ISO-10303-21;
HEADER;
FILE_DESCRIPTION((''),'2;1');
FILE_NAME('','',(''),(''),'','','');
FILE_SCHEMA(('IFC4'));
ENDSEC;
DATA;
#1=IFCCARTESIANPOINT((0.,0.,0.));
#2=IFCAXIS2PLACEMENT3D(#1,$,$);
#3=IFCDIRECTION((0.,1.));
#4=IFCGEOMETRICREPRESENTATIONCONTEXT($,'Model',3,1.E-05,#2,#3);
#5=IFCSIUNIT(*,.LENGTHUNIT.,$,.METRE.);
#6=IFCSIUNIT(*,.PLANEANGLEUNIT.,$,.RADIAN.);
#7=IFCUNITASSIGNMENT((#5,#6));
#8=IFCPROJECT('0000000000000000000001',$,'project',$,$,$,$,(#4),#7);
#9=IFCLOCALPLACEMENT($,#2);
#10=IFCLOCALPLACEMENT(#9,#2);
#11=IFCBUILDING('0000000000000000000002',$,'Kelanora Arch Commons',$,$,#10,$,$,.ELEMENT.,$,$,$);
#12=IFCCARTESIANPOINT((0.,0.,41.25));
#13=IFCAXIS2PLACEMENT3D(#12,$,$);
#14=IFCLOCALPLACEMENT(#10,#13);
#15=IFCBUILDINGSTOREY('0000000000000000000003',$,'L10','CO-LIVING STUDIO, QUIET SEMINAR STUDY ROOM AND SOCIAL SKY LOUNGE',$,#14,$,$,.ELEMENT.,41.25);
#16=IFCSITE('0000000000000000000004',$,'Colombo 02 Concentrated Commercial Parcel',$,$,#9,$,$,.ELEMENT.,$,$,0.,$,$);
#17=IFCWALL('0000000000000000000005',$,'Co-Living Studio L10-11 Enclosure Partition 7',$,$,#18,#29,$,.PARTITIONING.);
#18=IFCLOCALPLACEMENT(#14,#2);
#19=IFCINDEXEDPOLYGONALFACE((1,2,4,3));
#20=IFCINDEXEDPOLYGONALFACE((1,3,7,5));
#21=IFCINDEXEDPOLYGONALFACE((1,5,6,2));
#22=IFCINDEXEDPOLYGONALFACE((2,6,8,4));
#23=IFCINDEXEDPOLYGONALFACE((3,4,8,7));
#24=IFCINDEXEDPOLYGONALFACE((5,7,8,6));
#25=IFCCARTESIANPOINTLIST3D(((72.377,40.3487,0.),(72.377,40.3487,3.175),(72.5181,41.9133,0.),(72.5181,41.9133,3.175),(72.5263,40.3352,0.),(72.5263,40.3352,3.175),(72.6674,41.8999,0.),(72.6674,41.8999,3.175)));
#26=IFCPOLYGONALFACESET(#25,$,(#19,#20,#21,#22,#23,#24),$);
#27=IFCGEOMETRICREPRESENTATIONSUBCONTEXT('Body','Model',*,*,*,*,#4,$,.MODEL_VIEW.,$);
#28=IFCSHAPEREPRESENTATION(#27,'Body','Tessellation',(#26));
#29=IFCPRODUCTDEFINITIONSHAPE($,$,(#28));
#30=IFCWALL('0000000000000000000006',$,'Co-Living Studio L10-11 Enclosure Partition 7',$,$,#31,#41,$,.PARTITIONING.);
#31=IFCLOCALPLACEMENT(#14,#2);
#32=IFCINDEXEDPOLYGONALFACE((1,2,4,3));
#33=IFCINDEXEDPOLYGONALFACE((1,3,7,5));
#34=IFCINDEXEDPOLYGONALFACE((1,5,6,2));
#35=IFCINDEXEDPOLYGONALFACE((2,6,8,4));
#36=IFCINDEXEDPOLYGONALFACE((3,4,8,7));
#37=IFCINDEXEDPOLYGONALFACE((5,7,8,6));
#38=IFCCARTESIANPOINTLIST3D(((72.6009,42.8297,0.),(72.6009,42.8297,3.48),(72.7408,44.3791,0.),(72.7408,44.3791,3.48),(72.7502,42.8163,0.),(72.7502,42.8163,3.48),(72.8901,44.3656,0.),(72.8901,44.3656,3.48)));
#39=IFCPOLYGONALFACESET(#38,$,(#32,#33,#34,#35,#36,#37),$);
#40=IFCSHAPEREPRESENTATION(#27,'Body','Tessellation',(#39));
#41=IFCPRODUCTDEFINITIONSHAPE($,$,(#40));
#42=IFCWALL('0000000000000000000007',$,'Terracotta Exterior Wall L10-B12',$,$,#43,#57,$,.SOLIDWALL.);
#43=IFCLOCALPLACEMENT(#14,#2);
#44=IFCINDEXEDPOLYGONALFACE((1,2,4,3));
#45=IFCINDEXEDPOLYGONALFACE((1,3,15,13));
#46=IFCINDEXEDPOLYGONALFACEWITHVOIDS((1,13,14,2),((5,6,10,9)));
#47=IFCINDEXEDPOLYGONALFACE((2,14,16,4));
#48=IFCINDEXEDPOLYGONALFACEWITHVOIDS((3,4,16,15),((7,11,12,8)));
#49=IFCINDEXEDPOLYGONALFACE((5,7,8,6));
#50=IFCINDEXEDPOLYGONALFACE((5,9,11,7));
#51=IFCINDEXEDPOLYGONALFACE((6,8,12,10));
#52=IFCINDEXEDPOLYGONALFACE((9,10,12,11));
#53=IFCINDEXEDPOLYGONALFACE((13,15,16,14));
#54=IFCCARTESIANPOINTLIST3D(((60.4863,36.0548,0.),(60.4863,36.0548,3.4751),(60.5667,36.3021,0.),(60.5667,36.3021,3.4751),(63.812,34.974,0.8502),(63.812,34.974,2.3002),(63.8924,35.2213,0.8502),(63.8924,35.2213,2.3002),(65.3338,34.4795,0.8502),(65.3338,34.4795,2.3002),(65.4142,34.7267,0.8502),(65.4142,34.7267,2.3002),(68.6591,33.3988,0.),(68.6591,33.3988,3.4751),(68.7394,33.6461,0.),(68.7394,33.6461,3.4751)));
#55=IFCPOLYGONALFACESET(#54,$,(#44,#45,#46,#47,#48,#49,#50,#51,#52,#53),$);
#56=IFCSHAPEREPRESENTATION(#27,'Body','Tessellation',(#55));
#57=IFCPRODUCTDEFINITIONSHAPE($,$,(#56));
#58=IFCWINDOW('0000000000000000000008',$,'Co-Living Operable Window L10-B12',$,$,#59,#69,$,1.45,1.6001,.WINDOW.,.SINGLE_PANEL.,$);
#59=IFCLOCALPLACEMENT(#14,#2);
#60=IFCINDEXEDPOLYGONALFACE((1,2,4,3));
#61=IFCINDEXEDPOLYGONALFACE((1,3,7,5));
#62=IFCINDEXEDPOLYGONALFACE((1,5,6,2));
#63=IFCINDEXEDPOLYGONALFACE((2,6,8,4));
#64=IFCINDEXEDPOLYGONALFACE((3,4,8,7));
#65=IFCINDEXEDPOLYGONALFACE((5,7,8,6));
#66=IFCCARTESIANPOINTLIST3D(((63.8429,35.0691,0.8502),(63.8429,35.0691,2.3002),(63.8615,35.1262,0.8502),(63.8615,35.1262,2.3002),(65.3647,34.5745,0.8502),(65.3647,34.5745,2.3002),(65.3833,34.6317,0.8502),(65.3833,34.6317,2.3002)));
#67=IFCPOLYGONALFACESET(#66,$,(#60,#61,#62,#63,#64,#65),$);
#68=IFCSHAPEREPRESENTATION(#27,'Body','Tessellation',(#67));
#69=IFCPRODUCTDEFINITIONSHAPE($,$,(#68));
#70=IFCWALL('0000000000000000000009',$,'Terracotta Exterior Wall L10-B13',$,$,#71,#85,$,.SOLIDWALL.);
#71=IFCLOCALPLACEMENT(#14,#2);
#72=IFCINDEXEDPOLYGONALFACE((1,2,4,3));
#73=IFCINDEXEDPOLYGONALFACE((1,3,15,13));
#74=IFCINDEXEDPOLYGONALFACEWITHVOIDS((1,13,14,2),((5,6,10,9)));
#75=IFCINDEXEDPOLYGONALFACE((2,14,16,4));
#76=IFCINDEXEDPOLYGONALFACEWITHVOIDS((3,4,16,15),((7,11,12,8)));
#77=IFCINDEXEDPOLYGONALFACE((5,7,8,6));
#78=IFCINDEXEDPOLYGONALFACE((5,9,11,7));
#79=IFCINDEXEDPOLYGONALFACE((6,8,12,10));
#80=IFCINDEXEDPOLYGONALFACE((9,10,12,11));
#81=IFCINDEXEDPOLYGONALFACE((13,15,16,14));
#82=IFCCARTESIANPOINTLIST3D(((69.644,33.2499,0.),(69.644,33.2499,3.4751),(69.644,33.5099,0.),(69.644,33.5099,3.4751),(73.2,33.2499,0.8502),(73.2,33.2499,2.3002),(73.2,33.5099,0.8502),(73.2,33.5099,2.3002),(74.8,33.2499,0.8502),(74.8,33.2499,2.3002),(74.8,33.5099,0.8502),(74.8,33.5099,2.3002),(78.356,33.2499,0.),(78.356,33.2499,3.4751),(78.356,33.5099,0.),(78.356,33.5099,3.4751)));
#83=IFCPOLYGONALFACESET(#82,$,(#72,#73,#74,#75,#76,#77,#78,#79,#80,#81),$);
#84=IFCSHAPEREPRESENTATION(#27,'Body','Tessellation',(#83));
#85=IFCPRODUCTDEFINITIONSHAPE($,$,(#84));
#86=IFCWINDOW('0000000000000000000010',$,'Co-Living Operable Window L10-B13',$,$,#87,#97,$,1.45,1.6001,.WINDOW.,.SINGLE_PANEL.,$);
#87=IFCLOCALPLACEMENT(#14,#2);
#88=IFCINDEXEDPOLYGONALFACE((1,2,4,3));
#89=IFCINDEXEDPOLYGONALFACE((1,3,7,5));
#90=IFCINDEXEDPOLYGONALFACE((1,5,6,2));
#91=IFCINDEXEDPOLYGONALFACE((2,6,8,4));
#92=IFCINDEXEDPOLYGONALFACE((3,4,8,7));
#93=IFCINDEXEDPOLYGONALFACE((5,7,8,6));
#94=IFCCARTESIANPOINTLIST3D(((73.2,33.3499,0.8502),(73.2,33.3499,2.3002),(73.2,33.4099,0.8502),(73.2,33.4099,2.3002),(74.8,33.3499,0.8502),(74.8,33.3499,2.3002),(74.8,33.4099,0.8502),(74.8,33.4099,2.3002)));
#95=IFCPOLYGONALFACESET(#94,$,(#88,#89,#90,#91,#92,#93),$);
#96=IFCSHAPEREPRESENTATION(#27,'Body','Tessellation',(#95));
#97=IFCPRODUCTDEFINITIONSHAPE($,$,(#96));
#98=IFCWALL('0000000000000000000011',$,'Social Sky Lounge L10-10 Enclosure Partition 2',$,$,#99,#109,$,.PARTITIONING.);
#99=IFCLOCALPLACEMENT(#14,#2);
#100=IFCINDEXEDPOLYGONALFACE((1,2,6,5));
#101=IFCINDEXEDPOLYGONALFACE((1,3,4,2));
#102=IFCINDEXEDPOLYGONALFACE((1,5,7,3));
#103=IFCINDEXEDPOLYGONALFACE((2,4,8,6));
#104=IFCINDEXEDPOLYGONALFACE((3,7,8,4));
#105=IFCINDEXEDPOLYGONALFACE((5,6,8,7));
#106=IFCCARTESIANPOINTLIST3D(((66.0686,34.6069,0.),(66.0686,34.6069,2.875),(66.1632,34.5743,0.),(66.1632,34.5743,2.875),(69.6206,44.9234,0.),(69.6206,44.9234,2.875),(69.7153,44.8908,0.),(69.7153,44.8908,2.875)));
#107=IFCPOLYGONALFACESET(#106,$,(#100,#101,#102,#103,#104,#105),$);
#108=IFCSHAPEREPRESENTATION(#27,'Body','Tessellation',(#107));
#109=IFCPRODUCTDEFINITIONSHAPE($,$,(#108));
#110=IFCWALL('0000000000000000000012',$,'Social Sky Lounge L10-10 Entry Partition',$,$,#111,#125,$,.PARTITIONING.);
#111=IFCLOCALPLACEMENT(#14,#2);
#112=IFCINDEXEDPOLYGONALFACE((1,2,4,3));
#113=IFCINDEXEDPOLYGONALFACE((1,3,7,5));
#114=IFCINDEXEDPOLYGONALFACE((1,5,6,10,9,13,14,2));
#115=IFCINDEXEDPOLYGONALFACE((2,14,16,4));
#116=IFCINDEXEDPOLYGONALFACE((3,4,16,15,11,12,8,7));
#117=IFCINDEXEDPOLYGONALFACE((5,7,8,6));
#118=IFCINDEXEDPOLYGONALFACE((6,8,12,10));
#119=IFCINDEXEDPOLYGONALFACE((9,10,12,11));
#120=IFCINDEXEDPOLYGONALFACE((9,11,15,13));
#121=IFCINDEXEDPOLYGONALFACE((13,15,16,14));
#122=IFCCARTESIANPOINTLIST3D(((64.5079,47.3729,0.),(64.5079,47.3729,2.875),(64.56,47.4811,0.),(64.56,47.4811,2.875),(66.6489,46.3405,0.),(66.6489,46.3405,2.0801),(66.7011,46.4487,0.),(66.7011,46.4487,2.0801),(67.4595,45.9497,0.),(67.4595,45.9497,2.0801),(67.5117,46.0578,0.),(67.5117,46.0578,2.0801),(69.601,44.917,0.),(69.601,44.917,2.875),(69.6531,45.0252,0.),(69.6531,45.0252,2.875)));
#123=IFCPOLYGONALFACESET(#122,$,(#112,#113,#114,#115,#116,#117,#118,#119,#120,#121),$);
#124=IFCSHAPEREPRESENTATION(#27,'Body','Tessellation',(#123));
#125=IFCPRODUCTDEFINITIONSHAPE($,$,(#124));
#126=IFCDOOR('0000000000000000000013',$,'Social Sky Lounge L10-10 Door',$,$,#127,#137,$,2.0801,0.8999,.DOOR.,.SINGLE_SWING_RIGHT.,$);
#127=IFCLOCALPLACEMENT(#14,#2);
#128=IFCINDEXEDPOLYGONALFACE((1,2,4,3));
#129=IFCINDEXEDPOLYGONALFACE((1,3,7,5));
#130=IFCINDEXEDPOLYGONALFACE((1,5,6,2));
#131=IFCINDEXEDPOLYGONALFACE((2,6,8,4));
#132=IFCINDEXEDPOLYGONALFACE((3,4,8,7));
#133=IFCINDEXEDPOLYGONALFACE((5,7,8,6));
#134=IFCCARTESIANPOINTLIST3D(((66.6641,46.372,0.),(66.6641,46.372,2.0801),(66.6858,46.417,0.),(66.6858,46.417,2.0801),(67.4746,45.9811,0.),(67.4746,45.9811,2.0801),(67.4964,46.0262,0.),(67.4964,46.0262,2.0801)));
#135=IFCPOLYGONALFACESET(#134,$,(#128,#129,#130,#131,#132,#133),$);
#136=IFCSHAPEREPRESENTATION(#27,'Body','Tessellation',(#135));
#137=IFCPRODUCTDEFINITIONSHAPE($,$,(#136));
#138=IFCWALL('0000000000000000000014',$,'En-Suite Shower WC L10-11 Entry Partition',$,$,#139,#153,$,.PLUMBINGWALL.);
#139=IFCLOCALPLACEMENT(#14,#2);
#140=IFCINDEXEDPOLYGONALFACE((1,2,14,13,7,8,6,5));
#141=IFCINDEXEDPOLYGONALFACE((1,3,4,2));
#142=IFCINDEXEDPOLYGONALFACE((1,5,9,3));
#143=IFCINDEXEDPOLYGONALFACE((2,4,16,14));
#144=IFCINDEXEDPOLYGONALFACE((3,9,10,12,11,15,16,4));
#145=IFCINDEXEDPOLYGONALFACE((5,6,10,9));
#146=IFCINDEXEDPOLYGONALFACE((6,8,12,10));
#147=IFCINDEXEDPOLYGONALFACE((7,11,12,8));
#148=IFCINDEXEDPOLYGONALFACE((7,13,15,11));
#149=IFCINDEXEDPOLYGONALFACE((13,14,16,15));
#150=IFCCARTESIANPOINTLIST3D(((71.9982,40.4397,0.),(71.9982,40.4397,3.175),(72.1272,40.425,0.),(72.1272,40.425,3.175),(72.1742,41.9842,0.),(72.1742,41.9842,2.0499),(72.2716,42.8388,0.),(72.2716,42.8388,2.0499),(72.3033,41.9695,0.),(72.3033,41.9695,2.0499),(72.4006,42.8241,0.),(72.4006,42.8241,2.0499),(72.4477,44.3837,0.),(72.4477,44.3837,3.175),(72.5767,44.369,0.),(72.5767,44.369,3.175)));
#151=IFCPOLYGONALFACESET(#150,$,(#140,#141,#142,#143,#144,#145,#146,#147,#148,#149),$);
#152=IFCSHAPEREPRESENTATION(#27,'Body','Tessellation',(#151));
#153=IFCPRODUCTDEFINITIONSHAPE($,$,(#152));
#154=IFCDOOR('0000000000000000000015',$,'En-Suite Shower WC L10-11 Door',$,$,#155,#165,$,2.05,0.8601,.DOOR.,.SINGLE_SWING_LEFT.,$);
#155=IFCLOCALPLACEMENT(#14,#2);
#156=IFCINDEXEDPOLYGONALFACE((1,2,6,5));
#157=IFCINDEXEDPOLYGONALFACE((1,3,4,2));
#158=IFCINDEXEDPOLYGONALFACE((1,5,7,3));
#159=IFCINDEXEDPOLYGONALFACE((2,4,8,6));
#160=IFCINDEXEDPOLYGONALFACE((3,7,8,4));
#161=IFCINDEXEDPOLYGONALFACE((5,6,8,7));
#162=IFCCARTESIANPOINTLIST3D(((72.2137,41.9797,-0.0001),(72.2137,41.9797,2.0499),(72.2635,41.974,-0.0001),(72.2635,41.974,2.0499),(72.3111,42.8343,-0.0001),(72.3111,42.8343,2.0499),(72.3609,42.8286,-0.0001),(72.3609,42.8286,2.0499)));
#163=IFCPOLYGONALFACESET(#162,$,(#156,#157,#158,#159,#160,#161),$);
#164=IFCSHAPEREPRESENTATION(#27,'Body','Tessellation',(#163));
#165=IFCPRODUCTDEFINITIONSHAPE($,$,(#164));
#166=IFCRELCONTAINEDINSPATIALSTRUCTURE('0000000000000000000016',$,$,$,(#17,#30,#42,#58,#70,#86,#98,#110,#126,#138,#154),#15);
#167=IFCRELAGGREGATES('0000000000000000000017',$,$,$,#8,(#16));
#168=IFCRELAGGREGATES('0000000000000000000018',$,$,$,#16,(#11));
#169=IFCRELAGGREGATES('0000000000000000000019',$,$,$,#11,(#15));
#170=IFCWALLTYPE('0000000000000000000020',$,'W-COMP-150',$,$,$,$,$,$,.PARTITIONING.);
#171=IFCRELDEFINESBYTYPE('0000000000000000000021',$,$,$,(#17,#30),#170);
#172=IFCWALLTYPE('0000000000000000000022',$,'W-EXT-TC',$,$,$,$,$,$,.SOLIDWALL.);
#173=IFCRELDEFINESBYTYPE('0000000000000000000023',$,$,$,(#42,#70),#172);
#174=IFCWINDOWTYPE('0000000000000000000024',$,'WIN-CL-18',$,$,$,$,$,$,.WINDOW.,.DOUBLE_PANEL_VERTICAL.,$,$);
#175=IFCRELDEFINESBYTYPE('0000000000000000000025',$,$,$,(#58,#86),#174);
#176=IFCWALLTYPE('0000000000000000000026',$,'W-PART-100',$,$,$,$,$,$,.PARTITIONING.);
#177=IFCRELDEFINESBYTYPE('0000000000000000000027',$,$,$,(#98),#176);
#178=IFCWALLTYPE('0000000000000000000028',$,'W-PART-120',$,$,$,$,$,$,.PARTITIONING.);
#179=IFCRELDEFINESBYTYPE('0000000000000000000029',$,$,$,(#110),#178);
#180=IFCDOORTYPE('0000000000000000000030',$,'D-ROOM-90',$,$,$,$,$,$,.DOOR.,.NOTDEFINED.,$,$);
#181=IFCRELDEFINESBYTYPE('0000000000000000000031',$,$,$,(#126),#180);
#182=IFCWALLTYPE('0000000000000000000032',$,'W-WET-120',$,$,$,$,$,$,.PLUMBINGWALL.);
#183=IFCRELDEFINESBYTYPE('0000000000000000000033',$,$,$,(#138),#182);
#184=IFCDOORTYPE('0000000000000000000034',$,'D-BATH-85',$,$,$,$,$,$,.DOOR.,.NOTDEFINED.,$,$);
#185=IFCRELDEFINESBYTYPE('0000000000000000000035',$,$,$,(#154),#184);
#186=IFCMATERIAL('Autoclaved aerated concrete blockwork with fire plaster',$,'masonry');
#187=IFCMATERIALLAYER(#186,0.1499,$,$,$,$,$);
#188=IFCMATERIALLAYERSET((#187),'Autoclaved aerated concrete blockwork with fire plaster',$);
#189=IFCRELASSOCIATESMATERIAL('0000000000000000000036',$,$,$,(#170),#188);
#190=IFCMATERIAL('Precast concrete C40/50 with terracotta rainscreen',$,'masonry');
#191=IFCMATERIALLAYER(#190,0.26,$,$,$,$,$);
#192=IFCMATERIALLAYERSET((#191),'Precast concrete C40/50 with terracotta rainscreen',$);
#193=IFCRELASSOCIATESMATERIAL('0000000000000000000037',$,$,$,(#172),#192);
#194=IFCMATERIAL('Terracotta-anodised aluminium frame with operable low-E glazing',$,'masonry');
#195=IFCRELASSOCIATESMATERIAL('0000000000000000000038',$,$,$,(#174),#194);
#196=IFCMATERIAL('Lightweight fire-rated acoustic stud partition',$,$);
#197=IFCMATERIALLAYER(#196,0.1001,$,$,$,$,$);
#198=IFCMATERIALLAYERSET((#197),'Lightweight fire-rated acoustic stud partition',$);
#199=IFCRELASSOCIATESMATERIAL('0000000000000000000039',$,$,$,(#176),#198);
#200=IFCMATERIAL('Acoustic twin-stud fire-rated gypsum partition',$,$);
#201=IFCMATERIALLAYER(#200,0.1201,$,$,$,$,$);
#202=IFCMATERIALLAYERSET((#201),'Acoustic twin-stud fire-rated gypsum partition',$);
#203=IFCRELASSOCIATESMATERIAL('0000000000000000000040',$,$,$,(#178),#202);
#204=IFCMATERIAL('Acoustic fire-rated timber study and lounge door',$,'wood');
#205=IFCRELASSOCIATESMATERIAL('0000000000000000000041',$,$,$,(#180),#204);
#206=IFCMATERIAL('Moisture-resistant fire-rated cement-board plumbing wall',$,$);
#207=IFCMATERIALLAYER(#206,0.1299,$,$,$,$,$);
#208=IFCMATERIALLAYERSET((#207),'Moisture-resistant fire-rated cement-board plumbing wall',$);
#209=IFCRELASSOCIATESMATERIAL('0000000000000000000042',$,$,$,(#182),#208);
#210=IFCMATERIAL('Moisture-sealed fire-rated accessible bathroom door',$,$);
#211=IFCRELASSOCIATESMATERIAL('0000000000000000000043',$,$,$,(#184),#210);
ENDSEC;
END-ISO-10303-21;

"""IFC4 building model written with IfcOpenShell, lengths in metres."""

from ifc_helpers import new_model, si_unit, direction, frame, frame_2d, origin, place, context, subcontext, project, spatial, rectangle, extrude, material, layer, layer_set, type_object, element, fill, save


model = new_model("IFC4")

# Units and contexts
model_context = context("Model", 3, precision=1e-05, world=origin(), true_north=direction((0.0, 1.0)))
body_context = subcontext(model_context, "Body", "Model", "MODEL_VIEW")
ifc_project = project(units=[si_unit("LENGTHUNIT", "METRE"), si_unit("PLANEANGLEUNIT", "RADIAN")], contexts=[model_context])

# Site, building, storey
site_placement = place(None, origin())
site = spatial("IfcSite", under=ifc_project, at=site_placement, Name="Colombo 02 Concentrated Commercial Parcel", CompositionType="ELEMENT", RefElevation=0.0)
building_placement = place(site_placement, origin())
building = spatial("IfcBuilding", under=site, at=building_placement, Name="Kelanora Arch Commons", CompositionType="ELEMENT")
storey_placement = place(building_placement, frame((0.0, 0.0, 41.25)))
storey = spatial("IfcBuildingStorey", under=building, at=storey_placement, Name="L10", Description="CO-LIVING STUDIO, QUIET SEMINAR STUDY ROOM AND SOCIAL SKY LOUNGE", CompositionType="ELEMENT", Elevation=41.25)

# Shared definitions
ifc_material_1 = material(Name="Autoclaved aerated concrete blockwork with fire plaster", Category="masonry")
ifc_layer_1 = layer(ifc_material_1, 0.1499)
ifc_layer_set_1 = layer_set([ifc_layer_1], Name="Autoclaved aerated concrete blockwork with fire plaster")
wall_type_1 = type_object("IfcWallType", Name="W-COMP-150", PredefinedType="PARTITIONING", material=ifc_layer_set_1)

# Walls
wall_1_placement = place(storey_placement, frame((72.4517, 40.3418, 0.0), z_axis=(0.0, 0.0, 1.0), x_axis=(0.089821, 0.995958, 0.0)))
element("IfcWall", 1, at=wall_1_placement, inside=storey, type_object=wall_type_1, Name="Co-Living Studio L10-11 Enclosure Partition 7", PredefinedType="PARTITIONING", context=body_context, shape_type="SweptSolid", body=[
    extrude(rectangle(XDim=1.571, YDim=0.1499, at=frame_2d((0.7856, 0.0))), origin(), (0.0, 0.0, 1.0), 3.175),
])
wall_2_placement = place(storey_placement, frame((72.6755, 42.823, 0.0), z_axis=(0.0, 0.0, 1.0), x_axis=(0.089927, 0.995948, 0.0)))
element("IfcWall", 2, at=wall_2_placement, inside=storey, type_object=wall_type_1, Name="Co-Living Studio L10-11 Enclosure Partition 7", PredefinedType="PARTITIONING", context=body_context, shape_type="SweptSolid", body=[
    extrude(rectangle(XDim=1.5557, YDim=0.1499, at=frame_2d((0.7778, 0.0))), origin(), (0.0, 0.0, 1.0), 3.48),
])

# Walls, openings, windows
ifc_material_2 = material(Name="Precast concrete C40/50 with terracotta rainscreen", Category="masonry")
ifc_layer_2 = layer(ifc_material_2, 0.26)
ifc_layer_set_2 = layer_set([ifc_layer_2], Name="Precast concrete C40/50 with terracotta rainscreen")
wall_type_2 = type_object("IfcWallType", Name="W-EXT-TC", PredefinedType="SOLIDWALL", material=ifc_layer_set_2)
wall_3_placement = place(storey_placement, frame((60.5264, 36.1785, 0.0), z_axis=(0.0, 0.0, 1.0), x_axis=(0.95104, -0.309068, 0.0)))
wall_3 = element("IfcWall", 3, at=wall_3_placement, inside=storey, type_object=wall_type_2, Name="Terracotta Exterior Wall L10-B12", PredefinedType="SOLIDWALL", context=body_context, shape_type="SweptSolid", body=[
    extrude(rectangle(XDim=8.5935, YDim=0.26, at=frame_2d((4.2969, 0.0))), origin(), (0.0, 0.0, 1.0), 3.4751),
])
opening_1_placement = place(wall_3_placement, frame((3.4971, 0.0, 0.8501)))
opening_1 = element("IfcOpeningElement", 4, at=opening_1_placement, cuts=wall_3, PredefinedType="OPENING", context=body_context, shape_type="SweptSolid", body=[
    extrude(rectangle(XDim=1.6001, YDim=1.45, at=frame_2d((0.8, 0.7251))), frame((0.0, 0.1401, 0.0), z_axis=(0.0, -1.0, 0.0), x_axis=(1.0, 0.0, 0.0)), (0.0, 0.0, 1.0), 0.28),
])
ifc_material_3 = material(Name="Terracotta-anodised aluminium frame with operable low-E glazing", Category="masonry")
window_type = type_object("IfcWindowType", Name="WIN-CL-18", PartitioningType="DOUBLE_PANEL_VERTICAL", PredefinedType="WINDOW", material=ifc_material_3)
window_1_placement = place(opening_1_placement, origin())
window_1 = element("IfcWindow", 5, at=window_1_placement, inside=storey, type_object=window_type, Name="Co-Living Operable Window L10-B12", OverallHeight=1.45, OverallWidth=1.6001, PartitioningType="SINGLE_PANEL", PredefinedType="WINDOW", context=body_context, shape_type="SweptSolid", body=[
    extrude(rectangle(XDim=1.6001, YDim=1.45, at=frame_2d((0.8, 0.7251))), frame((0.0, 0.03, 0.0), z_axis=(0.0, -1.0, 0.0), x_axis=(1.0, 0.0, 0.0)), (0.0, 0.0, 1.0), 0.0601),
])
fill(opening_1, window_1)
wall_4_placement = place(storey_placement, frame((69.644, 33.3799, 0.0), z_axis=(0.0, 0.0, 1.0), x_axis=(1.0, 0.0, 0.0)))
wall_4 = element("IfcWall", 6, at=wall_4_placement, inside=storey, type_object=wall_type_2, Name="Terracotta Exterior Wall L10-B13", PredefinedType="SOLIDWALL", context=body_context, shape_type="SweptSolid", body=[
    extrude(rectangle(XDim=8.7119, YDim=0.26, at=frame_2d((4.356, 0.0))), origin(), (0.0, 0.0, 1.0), 3.4751),
])
opening_2_placement = place(wall_4_placement, frame((3.5559, 0.0, 0.8501)))
opening_2 = element("IfcOpeningElement", 7, at=opening_2_placement, cuts=wall_4, PredefinedType="OPENING", context=body_context, shape_type="SweptSolid", body=[
    extrude(rectangle(XDim=1.6001, YDim=1.45, at=frame_2d((0.8, 0.7251))), frame((0.0, 0.1401, 0.0), z_axis=(0.0, -1.0, 0.0), x_axis=(1.0, 0.0, 0.0)), (0.0, 0.0, 1.0), 0.28),
])
window_2_placement = place(opening_2_placement, origin())
window_2 = element("IfcWindow", 8, at=window_2_placement, inside=storey, type_object=window_type, Name="Co-Living Operable Window L10-B13", OverallHeight=1.45, OverallWidth=1.6001, PartitioningType="SINGLE_PANEL", PredefinedType="WINDOW", context=body_context, shape_type="SweptSolid", body=[
    extrude(rectangle(XDim=1.6001, YDim=1.45, at=frame_2d((0.8, 0.7251))), frame((0.0, 0.03, 0.0), z_axis=(0.0, -1.0, 0.0), x_axis=(1.0, 0.0, 0.0)), (0.0, 0.0, 1.0), 0.0601),
])
fill(opening_2, window_2)

# Wall
ifc_material_4 = material(Name="Lightweight fire-rated acoustic stud partition")
ifc_layer_3 = layer(ifc_material_4, 0.1001)
ifc_layer_set_3 = layer_set([ifc_layer_3], Name="Lightweight fire-rated acoustic stud partition")
wall_type_3 = type_object("IfcWallType", Name="W-PART-100", PredefinedType="PARTITIONING", material=ifc_layer_set_3)
wall_5_placement = place(storey_placement, frame((69.668, 44.9072, 0.0), z_axis=(0.0, 0.0, 1.0), x_axis=(-0.32555, -0.945525, 0.0)))
element("IfcWall", 9, at=wall_5_placement, inside=storey, type_object=wall_type_3, Name="Social Sky Lounge L10-10 Enclosure Partition 2", PredefinedType="PARTITIONING", context=body_context, shape_type="SweptSolid", body=[
    extrude(rectangle(XDim=10.9109, YDim=0.1001, at=frame_2d((5.4556, 0.0))), origin(), (0.0, 0.0, 1.0), 2.875),
])

# Walls, openings, doors
ifc_material_5 = material(Name="Acoustic twin-stud fire-rated gypsum partition")
ifc_layer_4 = layer(ifc_material_5, 0.1201)
ifc_layer_set_4 = layer_set([ifc_layer_4], Name="Acoustic twin-stud fire-rated gypsum partition")
wall_type_4 = type_object("IfcWallType", Name="W-PART-120", PredefinedType="PARTITIONING", material=ifc_layer_set_4)
wall_6_placement = place(storey_placement, frame((64.5339, 47.427, 0.0), z_axis=(0.0, 0.0, 1.0), x_axis=(0.900751, -0.434335, 0.0)))
wall_6 = element("IfcWall", 10, at=wall_6_placement, inside=storey, type_object=wall_type_4, Name="Social Sky Lounge L10-10 Entry Partition", PredefinedType="PARTITIONING", context=body_context, shape_type="SweptSolid", body=[
    extrude(rectangle(XDim=5.6543, YDim=0.1201, at=frame_2d((2.8271, 0.0))), origin(), (0.0, 0.0, 1.0), 2.875),
])
opening_3_placement = place(wall_6_placement, frame((2.377, 0.0, 0.0)))
opening_3 = element("IfcOpeningElement", 11, at=opening_3_placement, cuts=wall_6, PredefinedType="OPENING", context=body_context, shape_type="SweptSolid", body=[
    extrude(rectangle(XDim=0.8999, YDim=2.0801, at=frame_2d((0.45, 1.04))), frame((0.0, 0.0701, 0.0), z_axis=(0.0, -1.0, 0.0), x_axis=(1.0, 0.0, 0.0)), (0.0, 0.0, 1.0), 0.1401),
])
ifc_material_6 = material(Name="Acoustic fire-rated timber study and lounge door", Category="wood")
door_type_1 = type_object("IfcDoorType", Name="D-ROOM-90", OperationType="NOTDEFINED", PredefinedType="DOOR", material=ifc_material_6)
door_1_placement = place(opening_3_placement, origin())
door_1 = element("IfcDoor", 12, at=door_1_placement, inside=storey, type_object=door_type_1, Name="Social Sky Lounge L10-10 Door", OperationType="SINGLE_SWING_RIGHT", OverallHeight=2.0801, OverallWidth=0.8999, PredefinedType="DOOR", context=body_context, shape_type="SweptSolid", body=[
    extrude(rectangle(XDim=0.8999, YDim=2.0801, at=frame_2d((0.45, 1.04))), frame((0.0, 0.0249, 0.0), z_axis=(0.0, -1.0, 0.0), x_axis=(1.0, 0.0, 0.0)), (0.0, 0.0, 1.0), 0.05),
])
fill(opening_3, door_1)
ifc_material_7 = material(Name="Moisture-resistant fire-rated cement-board plumbing wall")
ifc_layer_5 = layer(ifc_material_7, 0.1299)
ifc_layer_set_5 = layer_set([ifc_layer_5], Name="Moisture-resistant fire-rated cement-board plumbing wall")
wall_type_5 = type_object("IfcWallType", Name="W-WET-120", PredefinedType="PLUMBINGWALL", material=ifc_layer_set_5)
wall_7_placement = place(storey_placement, frame((72.5122, 44.3765, 0.0), z_axis=(0.0, 0.0, 1.0), x_axis=(-0.113233, -0.993569, 0.0)))
wall_7 = element("IfcWall", 13, at=wall_7_placement, inside=storey, type_object=wall_type_5, Name="En-Suite Shower WC L10-11 Entry Partition", PredefinedType="PLUMBINGWALL", context=body_context, shape_type="SweptSolid", body=[
    extrude(rectangle(XDim=3.9695, YDim=0.1299, at=frame_2d((1.9849, 0.0))), origin(), (0.0, 0.0, 1.0), 3.175),
])
opening_4_placement = place(wall_7_placement, frame((1.5549, 0.0, 0.0)))
opening_4 = element("IfcOpeningElement", 14, at=opening_4_placement, cuts=wall_7, PredefinedType="OPENING", context=body_context, shape_type="SweptSolid", body=[
    extrude(rectangle(XDim=0.8601, YDim=2.05, at=frame_2d((0.4302, 1.0249))), frame((0.0, 0.075, 0.0), z_axis=(0.0, -1.0, 0.0), x_axis=(1.0, 0.0, 0.0)), (0.0, 0.0, 1.0), 0.1499),
])
ifc_material_8 = material(Name="Moisture-sealed fire-rated accessible bathroom door")
door_type_2 = type_object("IfcDoorType", Name="D-BATH-85", OperationType="NOTDEFINED", PredefinedType="DOOR", material=ifc_material_8)
door_2_placement = place(opening_4_placement, origin())
door_2 = element("IfcDoor", 15, at=door_2_placement, inside=storey, type_object=door_type_2, Name="En-Suite Shower WC L10-11 Door", OperationType="SINGLE_SWING_LEFT", OverallHeight=2.05, OverallWidth=0.8601, PredefinedType="DOOR", context=body_context, shape_type="SweptSolid", body=[
    extrude(rectangle(XDim=0.8601, YDim=2.05, at=frame_2d((0.4302, 1.0249))), frame((0.0, 0.0249, 0.0), z_axis=(0.0, -1.0, 0.0), x_axis=(1.0, 0.0, 0.0)), (0.0, 0.0, 1.0), 0.05),
])
fill(opening_4, door_2)

save(model, "model.ifc")
